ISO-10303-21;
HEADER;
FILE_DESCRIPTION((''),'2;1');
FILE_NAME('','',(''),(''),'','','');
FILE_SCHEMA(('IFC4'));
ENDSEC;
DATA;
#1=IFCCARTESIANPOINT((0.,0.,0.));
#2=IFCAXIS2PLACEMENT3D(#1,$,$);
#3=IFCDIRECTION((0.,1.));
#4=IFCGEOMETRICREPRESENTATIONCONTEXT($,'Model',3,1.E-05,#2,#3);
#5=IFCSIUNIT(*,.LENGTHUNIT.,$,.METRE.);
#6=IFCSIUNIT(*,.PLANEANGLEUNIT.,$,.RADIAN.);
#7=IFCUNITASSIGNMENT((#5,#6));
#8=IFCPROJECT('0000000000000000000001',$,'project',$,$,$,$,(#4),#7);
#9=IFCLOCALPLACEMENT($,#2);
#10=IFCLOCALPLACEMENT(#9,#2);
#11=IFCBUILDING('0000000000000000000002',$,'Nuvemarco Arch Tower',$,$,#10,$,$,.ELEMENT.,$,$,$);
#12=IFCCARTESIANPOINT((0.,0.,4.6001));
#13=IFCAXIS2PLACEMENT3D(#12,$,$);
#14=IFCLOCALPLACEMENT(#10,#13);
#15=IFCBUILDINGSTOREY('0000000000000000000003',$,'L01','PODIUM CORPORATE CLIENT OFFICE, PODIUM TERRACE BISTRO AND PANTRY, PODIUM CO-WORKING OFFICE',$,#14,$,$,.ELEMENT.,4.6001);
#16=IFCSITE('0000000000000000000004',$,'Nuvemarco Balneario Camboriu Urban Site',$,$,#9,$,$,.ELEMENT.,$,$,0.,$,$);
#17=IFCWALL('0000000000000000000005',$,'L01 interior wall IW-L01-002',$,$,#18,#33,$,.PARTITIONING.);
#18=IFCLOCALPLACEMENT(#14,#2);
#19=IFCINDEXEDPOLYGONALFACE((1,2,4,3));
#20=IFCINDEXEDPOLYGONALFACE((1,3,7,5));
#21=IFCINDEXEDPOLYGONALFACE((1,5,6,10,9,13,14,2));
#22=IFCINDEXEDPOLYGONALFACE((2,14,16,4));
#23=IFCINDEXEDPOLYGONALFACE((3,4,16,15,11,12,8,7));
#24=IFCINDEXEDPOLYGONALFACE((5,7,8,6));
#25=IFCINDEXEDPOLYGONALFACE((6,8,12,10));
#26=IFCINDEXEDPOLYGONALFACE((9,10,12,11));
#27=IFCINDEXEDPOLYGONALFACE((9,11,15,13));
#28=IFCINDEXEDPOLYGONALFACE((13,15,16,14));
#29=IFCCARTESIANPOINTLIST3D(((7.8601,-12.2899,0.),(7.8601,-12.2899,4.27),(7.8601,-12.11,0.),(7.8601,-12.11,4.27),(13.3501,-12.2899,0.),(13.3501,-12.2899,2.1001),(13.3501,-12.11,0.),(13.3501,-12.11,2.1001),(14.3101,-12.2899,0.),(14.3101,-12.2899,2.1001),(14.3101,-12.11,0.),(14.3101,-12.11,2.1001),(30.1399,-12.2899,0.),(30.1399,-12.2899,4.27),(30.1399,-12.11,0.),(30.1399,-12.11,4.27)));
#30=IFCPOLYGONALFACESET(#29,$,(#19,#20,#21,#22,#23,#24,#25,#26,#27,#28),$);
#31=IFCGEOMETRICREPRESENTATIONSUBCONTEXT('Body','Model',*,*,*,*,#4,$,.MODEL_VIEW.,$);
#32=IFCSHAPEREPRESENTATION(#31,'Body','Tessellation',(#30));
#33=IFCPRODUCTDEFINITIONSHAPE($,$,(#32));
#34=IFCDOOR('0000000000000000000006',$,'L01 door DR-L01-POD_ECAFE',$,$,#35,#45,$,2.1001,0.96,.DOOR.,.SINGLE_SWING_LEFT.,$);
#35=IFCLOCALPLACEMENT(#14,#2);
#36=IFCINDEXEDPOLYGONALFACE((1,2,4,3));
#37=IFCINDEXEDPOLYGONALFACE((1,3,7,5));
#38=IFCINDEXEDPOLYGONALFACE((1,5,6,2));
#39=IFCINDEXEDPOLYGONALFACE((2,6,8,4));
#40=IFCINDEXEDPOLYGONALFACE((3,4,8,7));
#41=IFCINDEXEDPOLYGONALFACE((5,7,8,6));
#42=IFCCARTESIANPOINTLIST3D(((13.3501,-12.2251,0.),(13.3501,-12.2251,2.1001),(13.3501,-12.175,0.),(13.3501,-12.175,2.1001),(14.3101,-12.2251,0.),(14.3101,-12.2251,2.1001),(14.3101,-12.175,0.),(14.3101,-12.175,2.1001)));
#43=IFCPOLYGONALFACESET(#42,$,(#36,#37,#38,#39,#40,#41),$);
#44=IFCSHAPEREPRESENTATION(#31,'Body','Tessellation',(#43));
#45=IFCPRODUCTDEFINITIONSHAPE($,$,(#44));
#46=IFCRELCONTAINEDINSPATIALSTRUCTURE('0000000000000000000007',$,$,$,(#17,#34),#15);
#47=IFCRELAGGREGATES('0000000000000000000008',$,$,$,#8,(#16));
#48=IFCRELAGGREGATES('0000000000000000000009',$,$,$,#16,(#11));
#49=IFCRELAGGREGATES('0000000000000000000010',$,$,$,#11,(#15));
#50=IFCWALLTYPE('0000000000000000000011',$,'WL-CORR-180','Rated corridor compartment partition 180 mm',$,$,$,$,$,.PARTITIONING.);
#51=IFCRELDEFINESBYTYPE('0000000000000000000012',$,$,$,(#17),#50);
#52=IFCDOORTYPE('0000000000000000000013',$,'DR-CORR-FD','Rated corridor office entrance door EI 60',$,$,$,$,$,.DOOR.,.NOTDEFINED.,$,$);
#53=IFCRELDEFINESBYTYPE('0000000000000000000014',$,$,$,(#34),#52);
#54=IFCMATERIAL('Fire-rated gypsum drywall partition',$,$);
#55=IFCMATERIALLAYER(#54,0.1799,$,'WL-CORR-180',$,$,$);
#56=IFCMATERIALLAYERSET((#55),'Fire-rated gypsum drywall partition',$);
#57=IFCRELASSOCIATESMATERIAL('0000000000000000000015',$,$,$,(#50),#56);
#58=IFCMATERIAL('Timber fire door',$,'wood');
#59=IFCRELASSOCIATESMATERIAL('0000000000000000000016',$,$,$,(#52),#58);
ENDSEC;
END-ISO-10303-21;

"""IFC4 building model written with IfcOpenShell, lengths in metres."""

from ifc_helpers import new_model, si_unit, direction, frame, frame_2d, origin, place, context, subcontext, project, spatial, rectangle, extrude, source, transform, mapped, material, layer, layer_set, type_object, type_shapes, element, fill, save


model = new_model("IFC4")

# Units and contexts
model_context = context("Model", 3, precision=1e-05, world=origin(), true_north=direction((0.0, 1.0)))
body_context = subcontext(model_context, "Body", "Model", "MODEL_VIEW")
ifc_project = project(units=[si_unit("LENGTHUNIT", "METRE"), si_unit("PLANEANGLEUNIT", "RADIAN")], contexts=[model_context])

# Site, building, storey
site_placement = place(None, origin())
site = spatial("IfcSite", under=ifc_project, at=site_placement, Name="Nuvemarco Balneario Camboriu Urban Site", CompositionType="ELEMENT", RefElevation=0.0)
building_placement = place(site_placement, origin())
building = spatial("IfcBuilding", under=site, at=building_placement, Name="Nuvemarco Arch Tower", CompositionType="ELEMENT")
storey_placement = place(building_placement, frame((0.0, 0.0, 4.6001)))
storey = spatial("IfcBuildingStorey", under=building, at=storey_placement, Name="L01", Description="PODIUM CORPORATE CLIENT OFFICE, PODIUM TERRACE BISTRO AND PANTRY, PODIUM CO-WORKING OFFICE", CompositionType="ELEMENT", Elevation=4.6001)

# Wall, opening, door
ifc_material_1 = material(Name="Fire-rated gypsum drywall partition")
ifc_layer_1 = layer(ifc_material_1, 0.1799, Name="WL-CORR-180")
ifc_layer_set_1 = layer_set([ifc_layer_1], Name="Fire-rated gypsum drywall partition")
wall_type_1 = type_object("IfcWallType", Name="WL-CORR-180", Description="Rated corridor compartment partition 180 mm", PredefinedType="PARTITIONING", material=ifc_layer_set_1)
wall_1_placement = place(storey_placement, frame((7.8601, -12.2, 0.0), z_axis=(0.0, 0.0, 1.0), x_axis=(1.0, 0.0, 0.0)))
wall_1 = element("IfcWall", 1, at=wall_1_placement, inside=storey, type_object=wall_type_1, Name="L01 interior wall IW-L01-002", PredefinedType="PARTITIONING", context=body_context, shape_type="SweptSolid", body=[
    extrude(rectangle(XDim=22.2798, YDim=0.1799, at=frame_2d((11.1399, 0.0))), origin(), (0.0, 0.0, 1.0), 4.27),
])
opening_1_placement = place(wall_1_placement, frame((5.49, 0.0, 0.0)))
opening_1 = element("IfcOpeningElement", 2, at=opening_1_placement, cuts=wall_1, PredefinedType="OPENING", context=body_context, shape_type="SweptSolid", body=[
    extrude(rectangle(XDim=0.96, YDim=2.1001, at=frame_2d((0.48, 1.05))), frame((0.0, 0.0999, 0.0), z_axis=(0.0, -1.0, 0.0), x_axis=(1.0, 0.0, 0.0)), (0.0, 0.0, 1.0), 0.2),
])
ifc_material_2 = material(Name="Timber fire door", Category="wood")
door_type = type_object("IfcDoorType", Name="DR-CORR-FD", Description="Rated corridor office entrance door EI 60", OperationType="NOTDEFINED", PredefinedType="DOOR", material=ifc_material_2)
shared_shape_1 = source(origin(), body_context, "Body", "SweptSolid", [
    extrude(rectangle(XDim=0.96, YDim=2.1001, at=frame_2d((0.48, 1.05))), frame((0.0, 0.0249, 0.0), z_axis=(0.0, -1.0, 0.0), x_axis=(1.0, 0.0, 0.0)), (0.0, 0.0, 1.0), 0.05),
])
type_shapes(door_type, [shared_shape_1])
door_placement = place(opening_1_placement, origin())
door = element("IfcDoor", 3, at=door_placement, inside=storey, type_object=door_type, Name="L01 door DR-L01-POD_ECAFE", OperationType="SINGLE_SWING_LEFT", OverallHeight=2.1001, OverallWidth=0.96, PredefinedType="DOOR", context=body_context, shape_type="MappedRepresentation", body=[
    mapped(shared_shape_1, transform((0.0, 0.0, 0.0), scale=1.0)),
])
fill(opening_1, door)

save(model, "model.ifc")
